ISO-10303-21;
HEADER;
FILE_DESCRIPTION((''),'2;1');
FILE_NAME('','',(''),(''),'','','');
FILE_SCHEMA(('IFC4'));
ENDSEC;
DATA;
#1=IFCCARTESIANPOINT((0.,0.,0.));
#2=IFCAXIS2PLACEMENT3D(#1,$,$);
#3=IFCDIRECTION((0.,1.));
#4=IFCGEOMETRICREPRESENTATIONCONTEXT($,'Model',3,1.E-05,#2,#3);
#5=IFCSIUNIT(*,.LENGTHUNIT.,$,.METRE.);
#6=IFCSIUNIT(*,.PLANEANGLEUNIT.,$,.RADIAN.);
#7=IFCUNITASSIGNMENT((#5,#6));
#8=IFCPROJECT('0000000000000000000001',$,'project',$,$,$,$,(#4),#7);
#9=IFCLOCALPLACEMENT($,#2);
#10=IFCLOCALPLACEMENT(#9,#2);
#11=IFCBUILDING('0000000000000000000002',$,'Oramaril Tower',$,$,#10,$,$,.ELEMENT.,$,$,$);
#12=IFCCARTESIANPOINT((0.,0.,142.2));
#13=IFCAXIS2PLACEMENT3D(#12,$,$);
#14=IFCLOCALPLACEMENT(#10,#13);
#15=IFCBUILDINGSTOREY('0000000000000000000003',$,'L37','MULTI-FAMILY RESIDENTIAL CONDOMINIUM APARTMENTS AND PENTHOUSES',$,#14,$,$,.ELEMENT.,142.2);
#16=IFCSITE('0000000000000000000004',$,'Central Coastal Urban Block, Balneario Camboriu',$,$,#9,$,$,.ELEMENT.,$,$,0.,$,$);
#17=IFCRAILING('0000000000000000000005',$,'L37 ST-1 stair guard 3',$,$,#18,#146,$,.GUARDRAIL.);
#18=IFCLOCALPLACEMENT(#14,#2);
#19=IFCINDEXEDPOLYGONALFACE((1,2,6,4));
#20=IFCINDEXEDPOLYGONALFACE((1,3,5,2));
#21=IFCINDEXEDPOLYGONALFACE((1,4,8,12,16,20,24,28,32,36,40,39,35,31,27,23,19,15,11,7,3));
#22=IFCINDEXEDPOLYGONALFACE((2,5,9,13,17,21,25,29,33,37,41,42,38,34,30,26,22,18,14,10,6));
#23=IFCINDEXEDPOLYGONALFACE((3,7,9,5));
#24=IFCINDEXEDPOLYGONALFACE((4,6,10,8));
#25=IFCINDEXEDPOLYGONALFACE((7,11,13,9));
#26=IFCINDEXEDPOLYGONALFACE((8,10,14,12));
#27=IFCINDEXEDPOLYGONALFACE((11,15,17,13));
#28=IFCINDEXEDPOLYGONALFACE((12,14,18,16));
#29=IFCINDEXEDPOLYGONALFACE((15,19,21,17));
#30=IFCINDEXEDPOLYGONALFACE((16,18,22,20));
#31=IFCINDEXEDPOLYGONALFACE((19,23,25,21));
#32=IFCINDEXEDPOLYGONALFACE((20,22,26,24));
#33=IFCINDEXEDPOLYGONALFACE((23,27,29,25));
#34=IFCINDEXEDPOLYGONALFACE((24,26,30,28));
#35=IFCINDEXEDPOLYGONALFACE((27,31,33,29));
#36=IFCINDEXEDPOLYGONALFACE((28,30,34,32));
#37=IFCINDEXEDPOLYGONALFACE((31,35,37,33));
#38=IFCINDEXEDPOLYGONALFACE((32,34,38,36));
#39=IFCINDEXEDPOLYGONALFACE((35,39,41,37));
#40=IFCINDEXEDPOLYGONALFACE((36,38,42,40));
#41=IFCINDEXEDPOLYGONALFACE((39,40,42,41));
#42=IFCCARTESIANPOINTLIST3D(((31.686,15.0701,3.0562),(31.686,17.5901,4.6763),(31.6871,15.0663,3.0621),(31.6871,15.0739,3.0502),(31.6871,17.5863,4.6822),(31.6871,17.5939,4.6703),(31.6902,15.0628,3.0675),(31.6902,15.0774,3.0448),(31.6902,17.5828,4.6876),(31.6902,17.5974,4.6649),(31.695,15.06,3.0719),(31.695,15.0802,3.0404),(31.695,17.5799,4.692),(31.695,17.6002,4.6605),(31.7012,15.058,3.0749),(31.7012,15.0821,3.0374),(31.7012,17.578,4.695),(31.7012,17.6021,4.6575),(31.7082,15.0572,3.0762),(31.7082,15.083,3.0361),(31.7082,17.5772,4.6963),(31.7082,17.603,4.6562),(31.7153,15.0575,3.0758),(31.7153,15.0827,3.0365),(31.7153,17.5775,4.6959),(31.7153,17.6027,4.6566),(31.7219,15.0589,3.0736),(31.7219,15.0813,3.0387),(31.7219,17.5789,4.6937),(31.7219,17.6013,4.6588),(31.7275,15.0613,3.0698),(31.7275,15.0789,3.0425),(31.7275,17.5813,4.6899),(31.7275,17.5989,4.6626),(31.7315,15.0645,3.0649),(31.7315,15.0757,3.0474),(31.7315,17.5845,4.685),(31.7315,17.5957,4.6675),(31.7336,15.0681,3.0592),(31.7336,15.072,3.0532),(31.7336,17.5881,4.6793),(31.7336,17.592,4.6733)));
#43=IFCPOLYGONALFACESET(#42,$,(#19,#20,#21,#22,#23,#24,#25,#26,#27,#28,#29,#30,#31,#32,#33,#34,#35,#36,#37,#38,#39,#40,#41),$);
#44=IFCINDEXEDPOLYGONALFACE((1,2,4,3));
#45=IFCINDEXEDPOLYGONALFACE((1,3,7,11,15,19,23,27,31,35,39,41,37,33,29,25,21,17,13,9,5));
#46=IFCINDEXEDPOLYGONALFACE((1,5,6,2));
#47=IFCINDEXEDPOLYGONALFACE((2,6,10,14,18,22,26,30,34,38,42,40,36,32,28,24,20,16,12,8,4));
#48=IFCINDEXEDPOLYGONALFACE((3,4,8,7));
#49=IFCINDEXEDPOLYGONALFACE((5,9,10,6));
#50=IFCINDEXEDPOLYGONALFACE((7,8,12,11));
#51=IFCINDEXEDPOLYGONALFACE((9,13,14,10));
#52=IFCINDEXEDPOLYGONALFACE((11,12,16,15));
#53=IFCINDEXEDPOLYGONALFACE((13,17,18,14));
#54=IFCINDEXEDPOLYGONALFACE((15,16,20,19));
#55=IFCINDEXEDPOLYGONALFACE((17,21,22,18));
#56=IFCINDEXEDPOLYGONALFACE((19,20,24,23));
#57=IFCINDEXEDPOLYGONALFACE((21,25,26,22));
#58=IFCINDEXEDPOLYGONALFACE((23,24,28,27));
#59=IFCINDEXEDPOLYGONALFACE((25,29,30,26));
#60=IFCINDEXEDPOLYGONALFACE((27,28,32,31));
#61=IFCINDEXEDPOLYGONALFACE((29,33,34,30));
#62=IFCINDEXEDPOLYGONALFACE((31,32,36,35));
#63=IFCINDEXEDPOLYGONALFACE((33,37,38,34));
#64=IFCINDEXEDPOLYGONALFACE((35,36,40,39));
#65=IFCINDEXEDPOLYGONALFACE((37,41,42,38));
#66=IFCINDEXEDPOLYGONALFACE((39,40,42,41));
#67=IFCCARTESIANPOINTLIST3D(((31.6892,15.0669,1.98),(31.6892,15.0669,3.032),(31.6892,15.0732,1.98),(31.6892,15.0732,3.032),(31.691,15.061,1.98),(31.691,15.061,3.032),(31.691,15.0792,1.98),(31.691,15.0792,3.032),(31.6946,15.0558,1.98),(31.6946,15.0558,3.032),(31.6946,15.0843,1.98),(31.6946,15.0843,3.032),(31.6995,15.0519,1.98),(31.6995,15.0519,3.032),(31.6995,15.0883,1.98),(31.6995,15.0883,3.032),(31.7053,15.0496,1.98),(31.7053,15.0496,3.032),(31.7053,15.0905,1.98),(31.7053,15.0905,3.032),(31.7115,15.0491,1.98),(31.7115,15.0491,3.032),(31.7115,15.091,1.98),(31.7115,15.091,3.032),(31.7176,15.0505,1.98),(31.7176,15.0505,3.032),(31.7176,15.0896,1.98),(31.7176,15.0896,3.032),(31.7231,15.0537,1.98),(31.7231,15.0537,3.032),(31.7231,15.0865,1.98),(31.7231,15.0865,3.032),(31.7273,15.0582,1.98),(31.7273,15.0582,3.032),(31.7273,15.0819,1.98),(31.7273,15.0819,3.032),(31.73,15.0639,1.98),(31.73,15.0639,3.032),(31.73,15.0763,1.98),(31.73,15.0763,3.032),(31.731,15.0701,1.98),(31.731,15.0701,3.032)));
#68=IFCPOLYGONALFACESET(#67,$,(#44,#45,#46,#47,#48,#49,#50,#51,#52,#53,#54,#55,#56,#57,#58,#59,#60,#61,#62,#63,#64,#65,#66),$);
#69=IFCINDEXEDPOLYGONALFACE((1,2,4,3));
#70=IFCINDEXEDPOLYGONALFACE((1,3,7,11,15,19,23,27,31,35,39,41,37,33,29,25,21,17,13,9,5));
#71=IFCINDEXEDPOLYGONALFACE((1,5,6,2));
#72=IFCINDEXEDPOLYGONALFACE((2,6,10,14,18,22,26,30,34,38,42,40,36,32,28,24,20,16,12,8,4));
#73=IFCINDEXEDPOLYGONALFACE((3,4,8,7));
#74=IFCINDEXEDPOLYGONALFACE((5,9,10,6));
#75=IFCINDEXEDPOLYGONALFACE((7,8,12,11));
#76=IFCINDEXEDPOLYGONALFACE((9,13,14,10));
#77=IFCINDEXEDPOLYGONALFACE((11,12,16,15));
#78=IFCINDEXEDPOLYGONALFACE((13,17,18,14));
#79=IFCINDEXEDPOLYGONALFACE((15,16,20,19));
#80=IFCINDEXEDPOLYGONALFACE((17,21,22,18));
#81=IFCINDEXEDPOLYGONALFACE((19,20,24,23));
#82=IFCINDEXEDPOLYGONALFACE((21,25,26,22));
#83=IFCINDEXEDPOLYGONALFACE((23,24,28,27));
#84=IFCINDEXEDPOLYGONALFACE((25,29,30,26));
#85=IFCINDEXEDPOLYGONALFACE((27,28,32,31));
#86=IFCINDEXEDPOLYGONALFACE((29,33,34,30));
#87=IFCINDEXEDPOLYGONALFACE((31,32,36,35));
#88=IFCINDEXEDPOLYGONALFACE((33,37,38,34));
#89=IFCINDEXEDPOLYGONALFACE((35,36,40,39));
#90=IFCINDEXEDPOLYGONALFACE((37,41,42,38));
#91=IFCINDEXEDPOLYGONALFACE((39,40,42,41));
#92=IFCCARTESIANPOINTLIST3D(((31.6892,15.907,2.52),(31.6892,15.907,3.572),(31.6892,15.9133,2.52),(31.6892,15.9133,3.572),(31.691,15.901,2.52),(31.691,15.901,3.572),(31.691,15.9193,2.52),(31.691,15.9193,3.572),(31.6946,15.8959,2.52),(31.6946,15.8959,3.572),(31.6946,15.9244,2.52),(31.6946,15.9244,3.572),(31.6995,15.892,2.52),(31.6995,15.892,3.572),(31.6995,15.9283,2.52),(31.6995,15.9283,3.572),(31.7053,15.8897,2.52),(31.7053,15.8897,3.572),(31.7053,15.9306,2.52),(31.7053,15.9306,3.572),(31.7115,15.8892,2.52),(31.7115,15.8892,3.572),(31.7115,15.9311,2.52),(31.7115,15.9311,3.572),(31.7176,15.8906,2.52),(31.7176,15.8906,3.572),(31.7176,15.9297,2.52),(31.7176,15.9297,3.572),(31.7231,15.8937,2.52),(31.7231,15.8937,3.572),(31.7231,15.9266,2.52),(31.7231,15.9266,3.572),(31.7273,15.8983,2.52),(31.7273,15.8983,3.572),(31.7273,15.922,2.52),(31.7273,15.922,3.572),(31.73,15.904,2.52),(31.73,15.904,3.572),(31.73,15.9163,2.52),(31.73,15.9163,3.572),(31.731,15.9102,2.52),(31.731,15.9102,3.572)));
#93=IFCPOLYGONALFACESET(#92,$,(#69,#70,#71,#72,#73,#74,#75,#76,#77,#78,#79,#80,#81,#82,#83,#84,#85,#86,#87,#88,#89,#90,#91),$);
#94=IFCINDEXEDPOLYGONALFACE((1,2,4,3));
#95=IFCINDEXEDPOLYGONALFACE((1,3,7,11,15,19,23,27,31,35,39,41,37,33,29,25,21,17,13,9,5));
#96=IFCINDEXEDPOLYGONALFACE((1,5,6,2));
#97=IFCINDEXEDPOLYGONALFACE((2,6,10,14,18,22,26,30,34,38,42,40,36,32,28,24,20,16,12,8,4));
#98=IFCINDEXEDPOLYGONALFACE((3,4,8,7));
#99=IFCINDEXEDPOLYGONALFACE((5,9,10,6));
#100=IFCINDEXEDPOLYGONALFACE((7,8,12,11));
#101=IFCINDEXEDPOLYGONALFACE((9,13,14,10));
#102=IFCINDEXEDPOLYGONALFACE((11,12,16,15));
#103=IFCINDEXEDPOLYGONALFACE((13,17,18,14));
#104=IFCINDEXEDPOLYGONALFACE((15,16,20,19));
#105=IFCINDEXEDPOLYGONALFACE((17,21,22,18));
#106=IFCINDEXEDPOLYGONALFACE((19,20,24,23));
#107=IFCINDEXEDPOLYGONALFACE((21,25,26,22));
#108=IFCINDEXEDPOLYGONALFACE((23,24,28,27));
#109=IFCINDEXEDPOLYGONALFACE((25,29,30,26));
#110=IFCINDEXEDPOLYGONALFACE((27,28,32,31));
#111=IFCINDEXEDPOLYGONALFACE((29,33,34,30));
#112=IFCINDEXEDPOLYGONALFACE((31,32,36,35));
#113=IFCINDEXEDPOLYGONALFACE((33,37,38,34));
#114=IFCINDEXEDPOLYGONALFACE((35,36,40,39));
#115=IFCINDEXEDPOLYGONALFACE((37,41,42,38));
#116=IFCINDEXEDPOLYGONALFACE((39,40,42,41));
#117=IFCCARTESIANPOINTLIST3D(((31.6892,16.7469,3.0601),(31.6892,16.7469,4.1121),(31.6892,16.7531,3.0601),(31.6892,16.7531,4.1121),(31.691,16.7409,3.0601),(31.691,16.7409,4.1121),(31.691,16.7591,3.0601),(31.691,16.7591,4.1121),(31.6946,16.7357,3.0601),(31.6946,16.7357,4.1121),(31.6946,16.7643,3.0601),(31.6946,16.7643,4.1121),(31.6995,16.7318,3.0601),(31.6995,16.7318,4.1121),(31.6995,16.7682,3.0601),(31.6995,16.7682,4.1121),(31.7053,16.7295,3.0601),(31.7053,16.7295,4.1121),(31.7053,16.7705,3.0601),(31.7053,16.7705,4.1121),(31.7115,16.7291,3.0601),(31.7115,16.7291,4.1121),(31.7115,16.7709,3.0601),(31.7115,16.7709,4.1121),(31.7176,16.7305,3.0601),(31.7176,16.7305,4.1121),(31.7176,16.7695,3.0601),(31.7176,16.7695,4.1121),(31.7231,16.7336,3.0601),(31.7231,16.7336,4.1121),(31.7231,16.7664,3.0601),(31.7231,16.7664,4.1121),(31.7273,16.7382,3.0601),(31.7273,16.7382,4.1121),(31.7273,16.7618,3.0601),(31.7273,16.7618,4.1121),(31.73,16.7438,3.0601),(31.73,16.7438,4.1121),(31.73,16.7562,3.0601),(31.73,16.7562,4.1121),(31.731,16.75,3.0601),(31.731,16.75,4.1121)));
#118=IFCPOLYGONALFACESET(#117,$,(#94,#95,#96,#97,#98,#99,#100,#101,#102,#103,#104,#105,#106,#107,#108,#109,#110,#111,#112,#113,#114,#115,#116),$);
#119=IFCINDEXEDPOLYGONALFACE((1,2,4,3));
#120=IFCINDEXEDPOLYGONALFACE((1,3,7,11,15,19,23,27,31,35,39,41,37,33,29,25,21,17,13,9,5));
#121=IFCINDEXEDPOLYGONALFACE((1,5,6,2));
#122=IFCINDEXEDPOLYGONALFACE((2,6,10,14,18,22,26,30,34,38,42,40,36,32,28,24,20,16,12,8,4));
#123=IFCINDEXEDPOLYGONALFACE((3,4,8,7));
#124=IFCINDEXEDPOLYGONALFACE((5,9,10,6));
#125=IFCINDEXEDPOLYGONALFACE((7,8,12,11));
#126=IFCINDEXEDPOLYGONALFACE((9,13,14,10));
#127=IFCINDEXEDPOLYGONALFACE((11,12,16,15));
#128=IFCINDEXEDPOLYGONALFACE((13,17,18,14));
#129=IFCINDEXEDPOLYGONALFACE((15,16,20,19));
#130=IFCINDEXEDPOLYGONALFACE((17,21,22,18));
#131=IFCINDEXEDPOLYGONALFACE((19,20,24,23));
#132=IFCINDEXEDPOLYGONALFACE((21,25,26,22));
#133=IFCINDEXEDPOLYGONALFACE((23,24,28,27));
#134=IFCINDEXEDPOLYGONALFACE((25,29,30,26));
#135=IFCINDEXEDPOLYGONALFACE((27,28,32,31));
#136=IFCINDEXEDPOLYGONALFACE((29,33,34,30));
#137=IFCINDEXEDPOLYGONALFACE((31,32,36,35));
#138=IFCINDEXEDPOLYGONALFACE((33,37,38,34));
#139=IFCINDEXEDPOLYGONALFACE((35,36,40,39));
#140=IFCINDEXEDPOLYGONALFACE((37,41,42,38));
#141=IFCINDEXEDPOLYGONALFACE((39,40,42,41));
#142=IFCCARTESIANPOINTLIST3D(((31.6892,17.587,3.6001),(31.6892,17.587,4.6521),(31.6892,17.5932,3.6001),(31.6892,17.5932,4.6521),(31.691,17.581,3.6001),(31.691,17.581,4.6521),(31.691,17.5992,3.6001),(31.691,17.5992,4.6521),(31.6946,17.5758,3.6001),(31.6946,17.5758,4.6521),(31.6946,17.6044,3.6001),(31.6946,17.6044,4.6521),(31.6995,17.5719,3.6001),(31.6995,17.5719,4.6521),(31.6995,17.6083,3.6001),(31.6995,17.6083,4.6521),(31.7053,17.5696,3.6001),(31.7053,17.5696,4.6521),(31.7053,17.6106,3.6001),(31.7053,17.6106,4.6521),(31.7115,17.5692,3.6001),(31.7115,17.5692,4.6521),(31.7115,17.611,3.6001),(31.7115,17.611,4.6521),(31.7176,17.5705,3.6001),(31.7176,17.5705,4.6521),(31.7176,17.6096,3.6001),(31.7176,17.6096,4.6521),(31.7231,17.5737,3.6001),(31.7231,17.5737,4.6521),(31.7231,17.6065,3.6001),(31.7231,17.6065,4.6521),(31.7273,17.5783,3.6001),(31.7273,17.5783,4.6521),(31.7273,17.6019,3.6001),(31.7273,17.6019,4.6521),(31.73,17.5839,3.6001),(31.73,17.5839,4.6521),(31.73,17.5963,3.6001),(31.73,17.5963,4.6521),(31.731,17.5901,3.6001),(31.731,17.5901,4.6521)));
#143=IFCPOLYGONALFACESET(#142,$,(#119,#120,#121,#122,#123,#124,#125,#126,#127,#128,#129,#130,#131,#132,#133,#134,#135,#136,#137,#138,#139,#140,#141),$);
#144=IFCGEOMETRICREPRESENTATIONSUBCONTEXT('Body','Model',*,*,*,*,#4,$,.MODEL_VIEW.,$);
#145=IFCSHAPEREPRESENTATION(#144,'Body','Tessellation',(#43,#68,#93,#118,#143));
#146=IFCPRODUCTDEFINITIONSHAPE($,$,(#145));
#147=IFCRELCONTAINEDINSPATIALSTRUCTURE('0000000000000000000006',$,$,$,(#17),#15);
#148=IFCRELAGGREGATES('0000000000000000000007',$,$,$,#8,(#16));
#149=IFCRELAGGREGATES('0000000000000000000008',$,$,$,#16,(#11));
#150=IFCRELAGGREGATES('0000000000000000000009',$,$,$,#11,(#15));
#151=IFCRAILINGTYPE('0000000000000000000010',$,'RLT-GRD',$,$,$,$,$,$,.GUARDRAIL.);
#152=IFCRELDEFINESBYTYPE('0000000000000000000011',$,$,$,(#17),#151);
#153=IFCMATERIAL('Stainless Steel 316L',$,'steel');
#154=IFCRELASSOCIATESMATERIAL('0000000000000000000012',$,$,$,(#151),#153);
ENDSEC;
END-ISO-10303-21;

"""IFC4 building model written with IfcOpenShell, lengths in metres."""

from ifc_helpers import new_model, si_unit, direction, frame, origin, origin_2d, place, context, subcontext, project, spatial, circle, extrude, material, type_object, element, save


model = new_model("IFC4")

# Units and contexts
model_context = context("Model", 3, precision=1e-05, world=origin(), true_north=direction((0.0, 1.0)))
body_context = subcontext(model_context, "Body", "Model", "MODEL_VIEW")
ifc_project = project(units=[si_unit("LENGTHUNIT", "METRE"), si_unit("PLANEANGLEUNIT", "RADIAN")], contexts=[model_context])

# Site, building, storey
site_placement = place(None, origin())
site = spatial("IfcSite", under=ifc_project, at=site_placement, Name="Central Coastal Urban Block, Balneario Camboriu", CompositionType="ELEMENT", RefElevation=0.0)
building_placement = place(site_placement, origin())
building = spatial("IfcBuilding", under=site, at=building_placement, Name="Oramaril Tower", CompositionType="ELEMENT")
storey_placement = place(building_placement, frame((0.0, 0.0, 142.2)))
storey = spatial("IfcBuildingStorey", under=building, at=storey_placement, Name="L37", Description="MULTI-FAMILY RESIDENTIAL CONDOMINIUM APARTMENTS AND PENTHOUSES", CompositionType="ELEMENT", Elevation=142.2)

# Railing
ifc_material_1 = material(Name="Stainless Steel 316L", Category="steel")
railing_type_1 = type_object("IfcRailingType", Name="RLT-GRD", PredefinedType="GUARDRAIL", material=ifc_material_1)
railing_1_placement = place(storey_placement, frame((31.71, 15.0701, 1.98)))
element("IfcRailing", 1, at=railing_1_placement, inside=storey, type_object=railing_type_1, Name="L37 ST-1 stair guard 3", PredefinedType="GUARDRAIL", context=body_context, shape_type="SweptSolid", body=[
    extrude(circle(Radius=0.0239, at=origin_2d()), frame((0.0, 0.0, 1.0762), z_axis=(0.0, 0.841163, 0.540782), x_axis=(-1.0, 0.0, 0.0)), (0.0, 0.0, 1.0), 2.9958),
    extrude(circle(Radius=0.021, at=origin_2d()), origin(), (0.0, 0.0, 1.0), 1.052),
    extrude(circle(Radius=0.021, at=origin_2d()), frame((0.0, 0.8401, 0.54)), (0.0, 0.0, 1.0), 1.052),
    extrude(circle(Radius=0.021, at=origin_2d()), frame((0.0, 1.6799, 1.0801)), (0.0, 0.0, 1.0), 1.052),
    extrude(circle(Radius=0.021, at=origin_2d()), frame((0.0, 2.52, 1.6201)), (0.0, 0.0, 1.0), 1.052),
])

save(model, "model.ifc")
